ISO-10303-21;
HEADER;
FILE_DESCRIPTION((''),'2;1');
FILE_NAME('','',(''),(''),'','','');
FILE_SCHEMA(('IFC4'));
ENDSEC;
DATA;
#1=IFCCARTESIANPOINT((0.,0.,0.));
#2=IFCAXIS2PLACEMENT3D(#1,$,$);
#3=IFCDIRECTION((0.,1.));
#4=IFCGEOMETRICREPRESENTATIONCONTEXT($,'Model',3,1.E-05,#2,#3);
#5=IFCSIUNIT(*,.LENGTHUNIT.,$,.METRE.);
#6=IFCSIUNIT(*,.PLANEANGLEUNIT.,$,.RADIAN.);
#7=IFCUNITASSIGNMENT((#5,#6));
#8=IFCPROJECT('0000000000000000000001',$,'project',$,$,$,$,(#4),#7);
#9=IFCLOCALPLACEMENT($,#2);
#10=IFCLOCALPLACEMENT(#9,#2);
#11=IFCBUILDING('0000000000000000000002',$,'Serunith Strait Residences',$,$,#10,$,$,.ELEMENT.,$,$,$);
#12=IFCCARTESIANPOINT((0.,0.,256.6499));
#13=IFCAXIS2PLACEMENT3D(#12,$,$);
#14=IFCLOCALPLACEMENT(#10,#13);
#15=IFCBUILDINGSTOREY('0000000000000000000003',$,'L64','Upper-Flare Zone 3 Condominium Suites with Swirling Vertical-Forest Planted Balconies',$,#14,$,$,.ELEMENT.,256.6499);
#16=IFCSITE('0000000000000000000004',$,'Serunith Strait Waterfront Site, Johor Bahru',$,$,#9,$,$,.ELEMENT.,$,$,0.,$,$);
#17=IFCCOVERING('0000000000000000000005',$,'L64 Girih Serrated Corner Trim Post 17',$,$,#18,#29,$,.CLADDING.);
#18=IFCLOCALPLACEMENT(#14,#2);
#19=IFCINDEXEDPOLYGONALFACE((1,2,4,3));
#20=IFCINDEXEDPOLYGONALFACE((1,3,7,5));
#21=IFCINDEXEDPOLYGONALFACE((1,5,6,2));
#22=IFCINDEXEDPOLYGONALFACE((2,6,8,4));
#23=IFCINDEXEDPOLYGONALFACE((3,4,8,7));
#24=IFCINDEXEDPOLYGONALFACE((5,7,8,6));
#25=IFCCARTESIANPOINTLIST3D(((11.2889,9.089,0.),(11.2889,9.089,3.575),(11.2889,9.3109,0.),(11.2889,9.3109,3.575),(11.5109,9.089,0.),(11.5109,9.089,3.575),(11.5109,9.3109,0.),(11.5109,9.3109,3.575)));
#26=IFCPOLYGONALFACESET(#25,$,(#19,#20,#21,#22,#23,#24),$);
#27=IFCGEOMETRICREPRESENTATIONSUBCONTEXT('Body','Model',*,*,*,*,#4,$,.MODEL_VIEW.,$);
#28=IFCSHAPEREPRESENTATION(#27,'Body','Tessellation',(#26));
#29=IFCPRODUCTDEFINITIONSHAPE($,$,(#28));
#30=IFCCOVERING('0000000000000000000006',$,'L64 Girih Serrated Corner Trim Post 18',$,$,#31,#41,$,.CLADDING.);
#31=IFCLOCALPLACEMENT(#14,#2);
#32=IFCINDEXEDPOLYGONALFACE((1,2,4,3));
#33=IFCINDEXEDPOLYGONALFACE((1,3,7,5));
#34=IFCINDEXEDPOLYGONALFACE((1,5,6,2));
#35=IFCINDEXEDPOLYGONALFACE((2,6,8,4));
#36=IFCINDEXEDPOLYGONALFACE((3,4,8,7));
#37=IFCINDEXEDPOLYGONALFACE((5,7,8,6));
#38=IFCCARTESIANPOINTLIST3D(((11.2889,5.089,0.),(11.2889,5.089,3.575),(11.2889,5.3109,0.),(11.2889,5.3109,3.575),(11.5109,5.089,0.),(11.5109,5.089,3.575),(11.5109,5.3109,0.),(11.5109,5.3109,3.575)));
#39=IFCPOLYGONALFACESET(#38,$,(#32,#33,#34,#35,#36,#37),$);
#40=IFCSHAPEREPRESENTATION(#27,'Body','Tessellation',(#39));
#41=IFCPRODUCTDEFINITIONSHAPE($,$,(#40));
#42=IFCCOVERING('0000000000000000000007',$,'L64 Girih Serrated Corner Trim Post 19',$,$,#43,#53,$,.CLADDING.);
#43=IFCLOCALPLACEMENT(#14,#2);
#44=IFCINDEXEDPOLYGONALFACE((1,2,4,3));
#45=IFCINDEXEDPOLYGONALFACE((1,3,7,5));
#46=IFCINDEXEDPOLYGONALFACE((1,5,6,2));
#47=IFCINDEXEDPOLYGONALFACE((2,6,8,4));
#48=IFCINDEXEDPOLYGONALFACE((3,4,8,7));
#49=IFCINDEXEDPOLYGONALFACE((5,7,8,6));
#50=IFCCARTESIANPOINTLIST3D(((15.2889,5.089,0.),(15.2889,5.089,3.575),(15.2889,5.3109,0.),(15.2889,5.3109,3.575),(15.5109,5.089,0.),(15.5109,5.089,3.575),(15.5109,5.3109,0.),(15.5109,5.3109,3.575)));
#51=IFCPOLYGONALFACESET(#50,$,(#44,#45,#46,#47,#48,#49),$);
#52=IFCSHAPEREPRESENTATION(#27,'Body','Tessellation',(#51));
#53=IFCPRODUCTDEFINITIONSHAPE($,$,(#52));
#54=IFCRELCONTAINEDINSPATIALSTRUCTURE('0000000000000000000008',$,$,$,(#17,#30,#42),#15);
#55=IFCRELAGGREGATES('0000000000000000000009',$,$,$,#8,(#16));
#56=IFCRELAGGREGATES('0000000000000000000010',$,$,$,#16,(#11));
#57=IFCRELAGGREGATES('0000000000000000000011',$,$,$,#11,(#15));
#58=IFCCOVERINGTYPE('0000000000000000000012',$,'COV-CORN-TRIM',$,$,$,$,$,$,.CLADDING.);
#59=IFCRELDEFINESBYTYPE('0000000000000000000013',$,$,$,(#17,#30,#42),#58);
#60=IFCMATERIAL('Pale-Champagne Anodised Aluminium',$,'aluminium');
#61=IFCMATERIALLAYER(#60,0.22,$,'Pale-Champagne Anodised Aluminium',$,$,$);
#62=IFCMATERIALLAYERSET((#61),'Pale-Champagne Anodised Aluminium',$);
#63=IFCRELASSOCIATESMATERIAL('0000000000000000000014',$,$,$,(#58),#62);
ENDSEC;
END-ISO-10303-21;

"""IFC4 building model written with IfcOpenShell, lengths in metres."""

from ifc_helpers import new_model, si_unit, direction, frame, origin, origin_2d, place, context, subcontext, project, spatial, rectangle, extrude, source, transform, mapped, material, layer, layer_set, type_object, element, save


model = new_model("IFC4")

# Units and contexts
model_context = context("Model", 3, precision=1e-05, world=origin(), true_north=direction((0.0, 1.0)))
body_context = subcontext(model_context, "Body", "Model", "MODEL_VIEW")
ifc_project = project(units=[si_unit("LENGTHUNIT", "METRE"), si_unit("PLANEANGLEUNIT", "RADIAN")], contexts=[model_context])

# Site, building, storey
site_placement = place(None, origin())
site = spatial("IfcSite", under=ifc_project, at=site_placement, Name="Serunith Strait Waterfront Site, Johor Bahru", CompositionType="ELEMENT", RefElevation=0.0)
building_placement = place(site_placement, origin())
building = spatial("IfcBuilding", under=site, at=building_placement, Name="Serunith Strait Residences", CompositionType="ELEMENT")
storey_placement = place(building_placement, frame((0.0, 0.0, 256.6499)))
storey = spatial("IfcBuildingStorey", under=building, at=storey_placement, Name="L64", Description="Upper-Flare Zone 3 Condominium Suites with Swirling Vertical-Forest Planted Balconies", CompositionType="ELEMENT", Elevation=256.6499)

# Shared definitions
ifc_material_1 = material(Name="Pale-Champagne Anodised Aluminium", Category="aluminium")

# Coverings
ifc_layer_1 = layer(ifc_material_1, 0.22, Name="Pale-Champagne Anodised Aluminium")
ifc_layer_set_1 = layer_set([ifc_layer_1], Name="Pale-Champagne Anodised Aluminium")
covering_type_1 = type_object("IfcCoveringType", Name="COV-CORN-TRIM", PredefinedType="CLADDING", material=ifc_layer_set_1)
shared_shape_1 = source(origin(), body_context, "Body", "SweptSolid", [
    extrude(rectangle(XDim=0.2219, YDim=0.2219, at=origin_2d()), origin(), (0.0, 0.0, 1.0), 3.575),
])
for number, where, z_axis, x_axis, name in (
    (1, (11.3999, 9.2, 0.0), (0.0, 0.0, 1.0), (1.0, 0.0, 0.0), "L64 Girih Serrated Corner Trim Post 17"),
    (2, (11.3999, 5.2, 0.0), (0.0, 0.0, 1.0), (1.0, 0.0, 0.0), "L64 Girih Serrated Corner Trim Post 18"),
    (3, (15.3999, 5.2, 0.0), (0.0, 0.0, 1.0), (1.0, 0.0, 0.0), "L64 Girih Serrated Corner Trim Post 19"),
):
    element("IfcCovering", number, at=place(storey_placement, frame(where, z_axis=z_axis, x_axis=x_axis)), inside=storey, type_object=covering_type_1, Name=name, PredefinedType="CLADDING", context=body_context, shape_type="MappedRepresentation", body=[
        mapped(shared_shape_1, transform((0.0, 0.0, 0.0), scale=1.0)),
    ])

save(model, "model.ifc")
